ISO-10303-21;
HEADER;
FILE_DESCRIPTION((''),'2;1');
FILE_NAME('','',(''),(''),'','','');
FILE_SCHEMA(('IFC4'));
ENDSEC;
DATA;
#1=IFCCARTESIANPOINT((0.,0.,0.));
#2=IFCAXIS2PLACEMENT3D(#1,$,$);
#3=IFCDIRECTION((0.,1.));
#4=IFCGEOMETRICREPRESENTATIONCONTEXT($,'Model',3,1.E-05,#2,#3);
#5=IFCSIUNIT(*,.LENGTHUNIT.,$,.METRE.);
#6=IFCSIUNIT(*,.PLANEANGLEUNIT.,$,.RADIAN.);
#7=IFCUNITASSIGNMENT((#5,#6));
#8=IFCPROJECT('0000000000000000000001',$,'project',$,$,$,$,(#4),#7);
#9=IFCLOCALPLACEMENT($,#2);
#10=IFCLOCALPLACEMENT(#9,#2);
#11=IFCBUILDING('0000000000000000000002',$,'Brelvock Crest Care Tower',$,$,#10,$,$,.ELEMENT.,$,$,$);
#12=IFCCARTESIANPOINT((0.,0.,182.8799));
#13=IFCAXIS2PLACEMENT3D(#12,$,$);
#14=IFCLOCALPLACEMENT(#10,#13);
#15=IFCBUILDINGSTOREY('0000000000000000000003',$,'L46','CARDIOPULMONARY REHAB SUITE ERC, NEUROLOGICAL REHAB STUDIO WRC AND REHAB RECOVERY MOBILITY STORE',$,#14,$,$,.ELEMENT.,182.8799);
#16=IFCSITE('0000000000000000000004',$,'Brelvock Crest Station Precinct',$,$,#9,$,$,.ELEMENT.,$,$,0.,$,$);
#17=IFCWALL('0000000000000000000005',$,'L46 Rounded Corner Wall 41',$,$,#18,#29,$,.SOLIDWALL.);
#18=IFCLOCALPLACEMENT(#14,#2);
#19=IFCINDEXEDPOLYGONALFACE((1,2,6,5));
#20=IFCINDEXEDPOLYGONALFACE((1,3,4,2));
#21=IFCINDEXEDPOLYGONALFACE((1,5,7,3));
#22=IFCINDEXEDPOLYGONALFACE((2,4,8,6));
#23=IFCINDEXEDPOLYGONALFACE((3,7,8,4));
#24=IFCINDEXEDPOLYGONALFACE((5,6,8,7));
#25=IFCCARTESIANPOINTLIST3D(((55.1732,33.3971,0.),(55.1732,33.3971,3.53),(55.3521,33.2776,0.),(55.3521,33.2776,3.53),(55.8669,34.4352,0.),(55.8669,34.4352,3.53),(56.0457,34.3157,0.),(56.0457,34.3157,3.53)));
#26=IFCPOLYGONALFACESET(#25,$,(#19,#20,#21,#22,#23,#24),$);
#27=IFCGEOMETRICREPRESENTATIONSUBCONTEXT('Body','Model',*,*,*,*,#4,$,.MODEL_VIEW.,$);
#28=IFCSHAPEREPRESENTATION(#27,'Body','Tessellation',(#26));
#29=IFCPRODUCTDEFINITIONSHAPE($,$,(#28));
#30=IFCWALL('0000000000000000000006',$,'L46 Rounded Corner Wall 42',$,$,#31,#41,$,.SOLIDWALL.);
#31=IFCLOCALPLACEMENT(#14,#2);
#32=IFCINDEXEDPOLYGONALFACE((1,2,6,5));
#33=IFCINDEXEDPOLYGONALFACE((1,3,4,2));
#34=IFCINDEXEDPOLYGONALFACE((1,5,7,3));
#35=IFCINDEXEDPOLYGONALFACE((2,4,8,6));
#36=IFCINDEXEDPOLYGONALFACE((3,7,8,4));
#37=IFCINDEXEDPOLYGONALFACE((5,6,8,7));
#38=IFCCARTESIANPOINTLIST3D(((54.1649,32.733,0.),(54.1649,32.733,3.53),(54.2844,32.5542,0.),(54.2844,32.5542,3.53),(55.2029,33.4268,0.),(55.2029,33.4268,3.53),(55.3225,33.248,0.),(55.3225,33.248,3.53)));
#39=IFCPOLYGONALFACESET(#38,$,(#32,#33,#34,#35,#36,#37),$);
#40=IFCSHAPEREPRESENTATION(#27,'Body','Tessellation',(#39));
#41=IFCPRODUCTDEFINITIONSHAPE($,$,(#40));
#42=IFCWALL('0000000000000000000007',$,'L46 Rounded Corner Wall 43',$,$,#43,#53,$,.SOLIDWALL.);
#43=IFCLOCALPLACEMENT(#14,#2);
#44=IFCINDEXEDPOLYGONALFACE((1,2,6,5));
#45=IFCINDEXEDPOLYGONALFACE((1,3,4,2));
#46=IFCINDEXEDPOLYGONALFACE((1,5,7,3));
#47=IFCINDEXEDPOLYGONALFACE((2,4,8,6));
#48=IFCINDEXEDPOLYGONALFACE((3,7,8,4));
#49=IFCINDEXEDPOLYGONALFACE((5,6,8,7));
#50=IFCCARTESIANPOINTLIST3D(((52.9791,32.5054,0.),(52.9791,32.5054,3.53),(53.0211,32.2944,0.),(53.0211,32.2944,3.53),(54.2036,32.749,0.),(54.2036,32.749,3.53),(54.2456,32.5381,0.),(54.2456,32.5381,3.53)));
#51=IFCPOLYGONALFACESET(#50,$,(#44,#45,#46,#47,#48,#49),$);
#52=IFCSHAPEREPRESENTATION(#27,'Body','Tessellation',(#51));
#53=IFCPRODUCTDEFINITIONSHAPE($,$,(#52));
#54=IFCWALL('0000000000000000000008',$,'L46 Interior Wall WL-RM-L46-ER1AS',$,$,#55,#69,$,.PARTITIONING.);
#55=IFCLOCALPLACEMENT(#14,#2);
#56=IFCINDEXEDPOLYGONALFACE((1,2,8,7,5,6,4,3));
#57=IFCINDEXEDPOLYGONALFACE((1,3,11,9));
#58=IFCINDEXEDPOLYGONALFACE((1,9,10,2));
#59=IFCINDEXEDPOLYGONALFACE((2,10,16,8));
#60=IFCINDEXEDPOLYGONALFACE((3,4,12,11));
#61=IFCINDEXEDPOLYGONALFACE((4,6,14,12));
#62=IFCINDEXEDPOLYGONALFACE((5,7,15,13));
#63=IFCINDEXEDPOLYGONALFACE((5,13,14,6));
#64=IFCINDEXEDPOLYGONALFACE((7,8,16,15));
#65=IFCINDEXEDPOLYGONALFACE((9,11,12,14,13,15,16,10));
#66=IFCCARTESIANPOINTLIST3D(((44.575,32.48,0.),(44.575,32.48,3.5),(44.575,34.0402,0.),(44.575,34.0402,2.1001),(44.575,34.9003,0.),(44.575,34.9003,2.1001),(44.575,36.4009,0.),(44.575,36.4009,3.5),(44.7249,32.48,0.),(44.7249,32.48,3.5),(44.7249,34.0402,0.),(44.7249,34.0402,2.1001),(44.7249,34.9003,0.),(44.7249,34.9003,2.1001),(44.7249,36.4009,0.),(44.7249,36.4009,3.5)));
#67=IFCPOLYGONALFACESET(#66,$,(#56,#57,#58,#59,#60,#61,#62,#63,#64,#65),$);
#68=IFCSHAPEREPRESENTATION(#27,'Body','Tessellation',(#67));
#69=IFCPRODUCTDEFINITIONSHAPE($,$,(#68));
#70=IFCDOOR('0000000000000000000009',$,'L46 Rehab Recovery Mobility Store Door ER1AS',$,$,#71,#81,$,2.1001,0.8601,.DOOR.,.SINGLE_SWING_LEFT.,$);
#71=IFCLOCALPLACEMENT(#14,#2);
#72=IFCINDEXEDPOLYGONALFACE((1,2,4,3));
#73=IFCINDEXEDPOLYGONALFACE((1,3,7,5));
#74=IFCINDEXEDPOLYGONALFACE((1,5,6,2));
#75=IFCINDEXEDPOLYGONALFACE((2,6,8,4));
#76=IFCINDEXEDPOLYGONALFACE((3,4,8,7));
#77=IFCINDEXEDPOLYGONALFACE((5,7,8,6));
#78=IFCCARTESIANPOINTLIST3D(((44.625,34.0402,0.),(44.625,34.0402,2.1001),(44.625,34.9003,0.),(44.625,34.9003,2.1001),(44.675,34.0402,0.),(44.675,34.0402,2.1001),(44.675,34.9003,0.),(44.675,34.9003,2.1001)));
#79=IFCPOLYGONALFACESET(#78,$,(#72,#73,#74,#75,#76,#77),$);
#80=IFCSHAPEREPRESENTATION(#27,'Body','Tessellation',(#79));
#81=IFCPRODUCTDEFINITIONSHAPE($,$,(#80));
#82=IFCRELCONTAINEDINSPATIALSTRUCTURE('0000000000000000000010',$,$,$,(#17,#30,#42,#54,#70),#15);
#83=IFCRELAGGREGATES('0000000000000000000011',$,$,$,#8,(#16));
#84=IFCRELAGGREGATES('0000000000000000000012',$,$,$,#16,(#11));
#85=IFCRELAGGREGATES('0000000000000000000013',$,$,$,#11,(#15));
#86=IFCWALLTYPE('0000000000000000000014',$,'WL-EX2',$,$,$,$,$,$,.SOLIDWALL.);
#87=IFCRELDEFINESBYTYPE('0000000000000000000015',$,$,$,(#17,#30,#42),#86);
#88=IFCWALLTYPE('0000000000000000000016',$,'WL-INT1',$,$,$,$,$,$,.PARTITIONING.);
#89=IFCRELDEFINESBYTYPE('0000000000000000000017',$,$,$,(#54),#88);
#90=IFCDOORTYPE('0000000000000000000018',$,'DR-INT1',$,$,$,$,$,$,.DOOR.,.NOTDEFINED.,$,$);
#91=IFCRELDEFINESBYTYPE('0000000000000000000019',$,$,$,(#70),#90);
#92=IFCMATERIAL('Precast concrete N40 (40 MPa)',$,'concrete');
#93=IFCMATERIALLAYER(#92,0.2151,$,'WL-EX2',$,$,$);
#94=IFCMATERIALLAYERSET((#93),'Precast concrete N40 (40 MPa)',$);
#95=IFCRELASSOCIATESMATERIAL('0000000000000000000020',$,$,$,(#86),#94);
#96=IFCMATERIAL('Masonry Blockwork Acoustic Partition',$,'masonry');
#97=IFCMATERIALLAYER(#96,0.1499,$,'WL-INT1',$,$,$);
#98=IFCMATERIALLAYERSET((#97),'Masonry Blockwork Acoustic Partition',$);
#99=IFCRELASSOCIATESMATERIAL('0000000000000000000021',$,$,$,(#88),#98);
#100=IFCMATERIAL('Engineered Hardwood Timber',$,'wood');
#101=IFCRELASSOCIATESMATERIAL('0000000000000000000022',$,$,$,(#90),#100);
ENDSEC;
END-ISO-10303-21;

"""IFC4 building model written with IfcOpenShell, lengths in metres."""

from ifc_helpers import new_model, si_unit, direction, frame, frame_2d, origin, origin_2d, place, context, subcontext, project, spatial, rectangle, extrude, source, transform, mapped, material, layer, layer_set, type_object, element, fill, save


model = new_model("IFC4")

# Units and contexts
model_context = context("Model", 3, precision=1e-05, world=origin(), true_north=direction((0.0, 1.0)))
body_context = subcontext(model_context, "Body", "Model", "MODEL_VIEW")
ifc_project = project(units=[si_unit("LENGTHUNIT", "METRE"), si_unit("PLANEANGLEUNIT", "RADIAN")], contexts=[model_context])

# Site, building, storey
site_placement = place(None, origin())
site = spatial("IfcSite", under=ifc_project, at=site_placement, Name="Brelvock Crest Station Precinct", CompositionType="ELEMENT", RefElevation=0.0)
building_placement = place(site_placement, origin())
building = spatial("IfcBuilding", under=site, at=building_placement, Name="Brelvock Crest Care Tower", CompositionType="ELEMENT")
storey_placement = place(building_placement, frame((0.0, 0.0, 182.8799)))
storey = spatial("IfcBuildingStorey", under=building, at=storey_placement, Name="L46", Description="CARDIOPULMONARY REHAB SUITE ERC, NEUROLOGICAL REHAB STUDIO WRC AND REHAB RECOVERY MOBILITY STORE", CompositionType="ELEMENT", Elevation=182.8799)

# Walls
ifc_material_1 = material(Name="Precast concrete N40 (40 MPa)", Category="concrete")
ifc_layer_1 = layer(ifc_material_1, 0.2151, Name="WL-EX2")
ifc_layer_set_1 = layer_set([ifc_layer_1], Name="Precast concrete N40 (40 MPa)")
wall_type_1 = type_object("IfcWallType", Name="WL-EX2", PredefinedType="SOLIDWALL", material=ifc_layer_set_1)
for number, where, z_axis, x_axis, name in (
    (1, (55.9563, 34.3755, 0.0), (0.0, 0.0, 1.0), (-0.555557, -0.831478, 0.0), "L46 Rounded Corner Wall 41"),
    (2, (55.2627, 33.3374, 0.0), (0.0, 0.0, 1.0), (-0.831388, -0.555692, 0.0), "L46 Rounded Corner Wall 42"),
    (3, (54.2246, 32.6436, 0.0), (0.0, 0.0, 1.0), (-0.980776, -0.195138, 0.0), "L46 Rounded Corner Wall 43"),
):
    element("IfcWall", number, at=place(storey_placement, frame(where, z_axis=z_axis, x_axis=x_axis)), inside=storey, type_object=wall_type_1, Name=name, PredefinedType="SOLIDWALL", context=body_context, shape_type="SweptSolid", body=[
        extrude(rectangle(XDim=1.2485, YDim=0.2151, at=frame_2d((0.6243, 0.0))), origin(), (0.0, 0.0, 1.0), 3.53),
    ])

# Wall, opening, door
ifc_material_2 = material(Name="Masonry Blockwork Acoustic Partition", Category="masonry")
ifc_layer_2 = layer(ifc_material_2, 0.1499, Name="WL-INT1")
ifc_layer_set_2 = layer_set([ifc_layer_2], Name="Masonry Blockwork Acoustic Partition")
wall_type_2 = type_object("IfcWallType", Name="WL-INT1", PredefinedType="PARTITIONING", material=ifc_layer_set_2)
wall_placement = place(storey_placement, frame((44.6499, 32.48, 0.0), z_axis=(0.0, 0.0, 1.0), x_axis=(0.0, 1.0, 0.0)))
wall = element("IfcWall", 4, at=wall_placement, inside=storey, type_object=wall_type_2, Name="L46 Interior Wall WL-RM-L46-ER1AS", PredefinedType="PARTITIONING", context=body_context, shape_type="SweptSolid", body=[
    extrude(rectangle(XDim=3.9209, YDim=0.1499, at=frame_2d((1.9604, 0.0))), origin(), (0.0, 0.0, 1.0), 3.5),
])
opening_placement = place(wall_placement, frame((1.5601, 0.0, 0.0)))
opening = element("IfcOpeningElement", 5, at=opening_placement, cuts=wall, PredefinedType="OPENING", context=body_context, shape_type="SweptSolid", body=[
    extrude(rectangle(XDim=0.8601, YDim=2.1001, at=origin_2d()), frame((0.4302, 0.085, 1.05), z_axis=(0.0, -1.0, 0.0), x_axis=(1.0, 0.0, 0.0)), (0.0, 0.0, 1.0), 0.1699),
])
ifc_material_3 = material(Name="Engineered Hardwood Timber", Category="wood")
door_type = type_object("IfcDoorType", Name="DR-INT1", OperationType="NOTDEFINED", PredefinedType="DOOR", material=ifc_material_3)
shared_shape_1 = source(origin(), body_context, "Body", "SweptSolid", [
    extrude(rectangle(XDim=0.8601, YDim=2.1001, at=origin_2d()), frame((0.4302, 0.0249, 1.05), z_axis=(0.0, -1.0, 0.0), x_axis=(1.0, 0.0, 0.0)), (0.0, 0.0, 1.0), 0.05),
])
door_placement = place(opening_placement, origin())
door = element("IfcDoor", 6, at=door_placement, inside=storey, type_object=door_type, Name="L46 Rehab Recovery Mobility Store Door ER1AS", OperationType="SINGLE_SWING_LEFT", OverallHeight=2.1001, OverallWidth=0.8601, PredefinedType="DOOR", context=body_context, shape_type="MappedRepresentation", body=[
    mapped(shared_shape_1, transform((0.0, 0.0, 0.0), x_axis=(1.0, 0.0, 0.0), y_axis=(0.0, 1.0, 0.0), z_axis=(0.0, 0.0, 1.0), scale=1.0)),
])
fill(opening, door)

save(model, "model.ifc")
